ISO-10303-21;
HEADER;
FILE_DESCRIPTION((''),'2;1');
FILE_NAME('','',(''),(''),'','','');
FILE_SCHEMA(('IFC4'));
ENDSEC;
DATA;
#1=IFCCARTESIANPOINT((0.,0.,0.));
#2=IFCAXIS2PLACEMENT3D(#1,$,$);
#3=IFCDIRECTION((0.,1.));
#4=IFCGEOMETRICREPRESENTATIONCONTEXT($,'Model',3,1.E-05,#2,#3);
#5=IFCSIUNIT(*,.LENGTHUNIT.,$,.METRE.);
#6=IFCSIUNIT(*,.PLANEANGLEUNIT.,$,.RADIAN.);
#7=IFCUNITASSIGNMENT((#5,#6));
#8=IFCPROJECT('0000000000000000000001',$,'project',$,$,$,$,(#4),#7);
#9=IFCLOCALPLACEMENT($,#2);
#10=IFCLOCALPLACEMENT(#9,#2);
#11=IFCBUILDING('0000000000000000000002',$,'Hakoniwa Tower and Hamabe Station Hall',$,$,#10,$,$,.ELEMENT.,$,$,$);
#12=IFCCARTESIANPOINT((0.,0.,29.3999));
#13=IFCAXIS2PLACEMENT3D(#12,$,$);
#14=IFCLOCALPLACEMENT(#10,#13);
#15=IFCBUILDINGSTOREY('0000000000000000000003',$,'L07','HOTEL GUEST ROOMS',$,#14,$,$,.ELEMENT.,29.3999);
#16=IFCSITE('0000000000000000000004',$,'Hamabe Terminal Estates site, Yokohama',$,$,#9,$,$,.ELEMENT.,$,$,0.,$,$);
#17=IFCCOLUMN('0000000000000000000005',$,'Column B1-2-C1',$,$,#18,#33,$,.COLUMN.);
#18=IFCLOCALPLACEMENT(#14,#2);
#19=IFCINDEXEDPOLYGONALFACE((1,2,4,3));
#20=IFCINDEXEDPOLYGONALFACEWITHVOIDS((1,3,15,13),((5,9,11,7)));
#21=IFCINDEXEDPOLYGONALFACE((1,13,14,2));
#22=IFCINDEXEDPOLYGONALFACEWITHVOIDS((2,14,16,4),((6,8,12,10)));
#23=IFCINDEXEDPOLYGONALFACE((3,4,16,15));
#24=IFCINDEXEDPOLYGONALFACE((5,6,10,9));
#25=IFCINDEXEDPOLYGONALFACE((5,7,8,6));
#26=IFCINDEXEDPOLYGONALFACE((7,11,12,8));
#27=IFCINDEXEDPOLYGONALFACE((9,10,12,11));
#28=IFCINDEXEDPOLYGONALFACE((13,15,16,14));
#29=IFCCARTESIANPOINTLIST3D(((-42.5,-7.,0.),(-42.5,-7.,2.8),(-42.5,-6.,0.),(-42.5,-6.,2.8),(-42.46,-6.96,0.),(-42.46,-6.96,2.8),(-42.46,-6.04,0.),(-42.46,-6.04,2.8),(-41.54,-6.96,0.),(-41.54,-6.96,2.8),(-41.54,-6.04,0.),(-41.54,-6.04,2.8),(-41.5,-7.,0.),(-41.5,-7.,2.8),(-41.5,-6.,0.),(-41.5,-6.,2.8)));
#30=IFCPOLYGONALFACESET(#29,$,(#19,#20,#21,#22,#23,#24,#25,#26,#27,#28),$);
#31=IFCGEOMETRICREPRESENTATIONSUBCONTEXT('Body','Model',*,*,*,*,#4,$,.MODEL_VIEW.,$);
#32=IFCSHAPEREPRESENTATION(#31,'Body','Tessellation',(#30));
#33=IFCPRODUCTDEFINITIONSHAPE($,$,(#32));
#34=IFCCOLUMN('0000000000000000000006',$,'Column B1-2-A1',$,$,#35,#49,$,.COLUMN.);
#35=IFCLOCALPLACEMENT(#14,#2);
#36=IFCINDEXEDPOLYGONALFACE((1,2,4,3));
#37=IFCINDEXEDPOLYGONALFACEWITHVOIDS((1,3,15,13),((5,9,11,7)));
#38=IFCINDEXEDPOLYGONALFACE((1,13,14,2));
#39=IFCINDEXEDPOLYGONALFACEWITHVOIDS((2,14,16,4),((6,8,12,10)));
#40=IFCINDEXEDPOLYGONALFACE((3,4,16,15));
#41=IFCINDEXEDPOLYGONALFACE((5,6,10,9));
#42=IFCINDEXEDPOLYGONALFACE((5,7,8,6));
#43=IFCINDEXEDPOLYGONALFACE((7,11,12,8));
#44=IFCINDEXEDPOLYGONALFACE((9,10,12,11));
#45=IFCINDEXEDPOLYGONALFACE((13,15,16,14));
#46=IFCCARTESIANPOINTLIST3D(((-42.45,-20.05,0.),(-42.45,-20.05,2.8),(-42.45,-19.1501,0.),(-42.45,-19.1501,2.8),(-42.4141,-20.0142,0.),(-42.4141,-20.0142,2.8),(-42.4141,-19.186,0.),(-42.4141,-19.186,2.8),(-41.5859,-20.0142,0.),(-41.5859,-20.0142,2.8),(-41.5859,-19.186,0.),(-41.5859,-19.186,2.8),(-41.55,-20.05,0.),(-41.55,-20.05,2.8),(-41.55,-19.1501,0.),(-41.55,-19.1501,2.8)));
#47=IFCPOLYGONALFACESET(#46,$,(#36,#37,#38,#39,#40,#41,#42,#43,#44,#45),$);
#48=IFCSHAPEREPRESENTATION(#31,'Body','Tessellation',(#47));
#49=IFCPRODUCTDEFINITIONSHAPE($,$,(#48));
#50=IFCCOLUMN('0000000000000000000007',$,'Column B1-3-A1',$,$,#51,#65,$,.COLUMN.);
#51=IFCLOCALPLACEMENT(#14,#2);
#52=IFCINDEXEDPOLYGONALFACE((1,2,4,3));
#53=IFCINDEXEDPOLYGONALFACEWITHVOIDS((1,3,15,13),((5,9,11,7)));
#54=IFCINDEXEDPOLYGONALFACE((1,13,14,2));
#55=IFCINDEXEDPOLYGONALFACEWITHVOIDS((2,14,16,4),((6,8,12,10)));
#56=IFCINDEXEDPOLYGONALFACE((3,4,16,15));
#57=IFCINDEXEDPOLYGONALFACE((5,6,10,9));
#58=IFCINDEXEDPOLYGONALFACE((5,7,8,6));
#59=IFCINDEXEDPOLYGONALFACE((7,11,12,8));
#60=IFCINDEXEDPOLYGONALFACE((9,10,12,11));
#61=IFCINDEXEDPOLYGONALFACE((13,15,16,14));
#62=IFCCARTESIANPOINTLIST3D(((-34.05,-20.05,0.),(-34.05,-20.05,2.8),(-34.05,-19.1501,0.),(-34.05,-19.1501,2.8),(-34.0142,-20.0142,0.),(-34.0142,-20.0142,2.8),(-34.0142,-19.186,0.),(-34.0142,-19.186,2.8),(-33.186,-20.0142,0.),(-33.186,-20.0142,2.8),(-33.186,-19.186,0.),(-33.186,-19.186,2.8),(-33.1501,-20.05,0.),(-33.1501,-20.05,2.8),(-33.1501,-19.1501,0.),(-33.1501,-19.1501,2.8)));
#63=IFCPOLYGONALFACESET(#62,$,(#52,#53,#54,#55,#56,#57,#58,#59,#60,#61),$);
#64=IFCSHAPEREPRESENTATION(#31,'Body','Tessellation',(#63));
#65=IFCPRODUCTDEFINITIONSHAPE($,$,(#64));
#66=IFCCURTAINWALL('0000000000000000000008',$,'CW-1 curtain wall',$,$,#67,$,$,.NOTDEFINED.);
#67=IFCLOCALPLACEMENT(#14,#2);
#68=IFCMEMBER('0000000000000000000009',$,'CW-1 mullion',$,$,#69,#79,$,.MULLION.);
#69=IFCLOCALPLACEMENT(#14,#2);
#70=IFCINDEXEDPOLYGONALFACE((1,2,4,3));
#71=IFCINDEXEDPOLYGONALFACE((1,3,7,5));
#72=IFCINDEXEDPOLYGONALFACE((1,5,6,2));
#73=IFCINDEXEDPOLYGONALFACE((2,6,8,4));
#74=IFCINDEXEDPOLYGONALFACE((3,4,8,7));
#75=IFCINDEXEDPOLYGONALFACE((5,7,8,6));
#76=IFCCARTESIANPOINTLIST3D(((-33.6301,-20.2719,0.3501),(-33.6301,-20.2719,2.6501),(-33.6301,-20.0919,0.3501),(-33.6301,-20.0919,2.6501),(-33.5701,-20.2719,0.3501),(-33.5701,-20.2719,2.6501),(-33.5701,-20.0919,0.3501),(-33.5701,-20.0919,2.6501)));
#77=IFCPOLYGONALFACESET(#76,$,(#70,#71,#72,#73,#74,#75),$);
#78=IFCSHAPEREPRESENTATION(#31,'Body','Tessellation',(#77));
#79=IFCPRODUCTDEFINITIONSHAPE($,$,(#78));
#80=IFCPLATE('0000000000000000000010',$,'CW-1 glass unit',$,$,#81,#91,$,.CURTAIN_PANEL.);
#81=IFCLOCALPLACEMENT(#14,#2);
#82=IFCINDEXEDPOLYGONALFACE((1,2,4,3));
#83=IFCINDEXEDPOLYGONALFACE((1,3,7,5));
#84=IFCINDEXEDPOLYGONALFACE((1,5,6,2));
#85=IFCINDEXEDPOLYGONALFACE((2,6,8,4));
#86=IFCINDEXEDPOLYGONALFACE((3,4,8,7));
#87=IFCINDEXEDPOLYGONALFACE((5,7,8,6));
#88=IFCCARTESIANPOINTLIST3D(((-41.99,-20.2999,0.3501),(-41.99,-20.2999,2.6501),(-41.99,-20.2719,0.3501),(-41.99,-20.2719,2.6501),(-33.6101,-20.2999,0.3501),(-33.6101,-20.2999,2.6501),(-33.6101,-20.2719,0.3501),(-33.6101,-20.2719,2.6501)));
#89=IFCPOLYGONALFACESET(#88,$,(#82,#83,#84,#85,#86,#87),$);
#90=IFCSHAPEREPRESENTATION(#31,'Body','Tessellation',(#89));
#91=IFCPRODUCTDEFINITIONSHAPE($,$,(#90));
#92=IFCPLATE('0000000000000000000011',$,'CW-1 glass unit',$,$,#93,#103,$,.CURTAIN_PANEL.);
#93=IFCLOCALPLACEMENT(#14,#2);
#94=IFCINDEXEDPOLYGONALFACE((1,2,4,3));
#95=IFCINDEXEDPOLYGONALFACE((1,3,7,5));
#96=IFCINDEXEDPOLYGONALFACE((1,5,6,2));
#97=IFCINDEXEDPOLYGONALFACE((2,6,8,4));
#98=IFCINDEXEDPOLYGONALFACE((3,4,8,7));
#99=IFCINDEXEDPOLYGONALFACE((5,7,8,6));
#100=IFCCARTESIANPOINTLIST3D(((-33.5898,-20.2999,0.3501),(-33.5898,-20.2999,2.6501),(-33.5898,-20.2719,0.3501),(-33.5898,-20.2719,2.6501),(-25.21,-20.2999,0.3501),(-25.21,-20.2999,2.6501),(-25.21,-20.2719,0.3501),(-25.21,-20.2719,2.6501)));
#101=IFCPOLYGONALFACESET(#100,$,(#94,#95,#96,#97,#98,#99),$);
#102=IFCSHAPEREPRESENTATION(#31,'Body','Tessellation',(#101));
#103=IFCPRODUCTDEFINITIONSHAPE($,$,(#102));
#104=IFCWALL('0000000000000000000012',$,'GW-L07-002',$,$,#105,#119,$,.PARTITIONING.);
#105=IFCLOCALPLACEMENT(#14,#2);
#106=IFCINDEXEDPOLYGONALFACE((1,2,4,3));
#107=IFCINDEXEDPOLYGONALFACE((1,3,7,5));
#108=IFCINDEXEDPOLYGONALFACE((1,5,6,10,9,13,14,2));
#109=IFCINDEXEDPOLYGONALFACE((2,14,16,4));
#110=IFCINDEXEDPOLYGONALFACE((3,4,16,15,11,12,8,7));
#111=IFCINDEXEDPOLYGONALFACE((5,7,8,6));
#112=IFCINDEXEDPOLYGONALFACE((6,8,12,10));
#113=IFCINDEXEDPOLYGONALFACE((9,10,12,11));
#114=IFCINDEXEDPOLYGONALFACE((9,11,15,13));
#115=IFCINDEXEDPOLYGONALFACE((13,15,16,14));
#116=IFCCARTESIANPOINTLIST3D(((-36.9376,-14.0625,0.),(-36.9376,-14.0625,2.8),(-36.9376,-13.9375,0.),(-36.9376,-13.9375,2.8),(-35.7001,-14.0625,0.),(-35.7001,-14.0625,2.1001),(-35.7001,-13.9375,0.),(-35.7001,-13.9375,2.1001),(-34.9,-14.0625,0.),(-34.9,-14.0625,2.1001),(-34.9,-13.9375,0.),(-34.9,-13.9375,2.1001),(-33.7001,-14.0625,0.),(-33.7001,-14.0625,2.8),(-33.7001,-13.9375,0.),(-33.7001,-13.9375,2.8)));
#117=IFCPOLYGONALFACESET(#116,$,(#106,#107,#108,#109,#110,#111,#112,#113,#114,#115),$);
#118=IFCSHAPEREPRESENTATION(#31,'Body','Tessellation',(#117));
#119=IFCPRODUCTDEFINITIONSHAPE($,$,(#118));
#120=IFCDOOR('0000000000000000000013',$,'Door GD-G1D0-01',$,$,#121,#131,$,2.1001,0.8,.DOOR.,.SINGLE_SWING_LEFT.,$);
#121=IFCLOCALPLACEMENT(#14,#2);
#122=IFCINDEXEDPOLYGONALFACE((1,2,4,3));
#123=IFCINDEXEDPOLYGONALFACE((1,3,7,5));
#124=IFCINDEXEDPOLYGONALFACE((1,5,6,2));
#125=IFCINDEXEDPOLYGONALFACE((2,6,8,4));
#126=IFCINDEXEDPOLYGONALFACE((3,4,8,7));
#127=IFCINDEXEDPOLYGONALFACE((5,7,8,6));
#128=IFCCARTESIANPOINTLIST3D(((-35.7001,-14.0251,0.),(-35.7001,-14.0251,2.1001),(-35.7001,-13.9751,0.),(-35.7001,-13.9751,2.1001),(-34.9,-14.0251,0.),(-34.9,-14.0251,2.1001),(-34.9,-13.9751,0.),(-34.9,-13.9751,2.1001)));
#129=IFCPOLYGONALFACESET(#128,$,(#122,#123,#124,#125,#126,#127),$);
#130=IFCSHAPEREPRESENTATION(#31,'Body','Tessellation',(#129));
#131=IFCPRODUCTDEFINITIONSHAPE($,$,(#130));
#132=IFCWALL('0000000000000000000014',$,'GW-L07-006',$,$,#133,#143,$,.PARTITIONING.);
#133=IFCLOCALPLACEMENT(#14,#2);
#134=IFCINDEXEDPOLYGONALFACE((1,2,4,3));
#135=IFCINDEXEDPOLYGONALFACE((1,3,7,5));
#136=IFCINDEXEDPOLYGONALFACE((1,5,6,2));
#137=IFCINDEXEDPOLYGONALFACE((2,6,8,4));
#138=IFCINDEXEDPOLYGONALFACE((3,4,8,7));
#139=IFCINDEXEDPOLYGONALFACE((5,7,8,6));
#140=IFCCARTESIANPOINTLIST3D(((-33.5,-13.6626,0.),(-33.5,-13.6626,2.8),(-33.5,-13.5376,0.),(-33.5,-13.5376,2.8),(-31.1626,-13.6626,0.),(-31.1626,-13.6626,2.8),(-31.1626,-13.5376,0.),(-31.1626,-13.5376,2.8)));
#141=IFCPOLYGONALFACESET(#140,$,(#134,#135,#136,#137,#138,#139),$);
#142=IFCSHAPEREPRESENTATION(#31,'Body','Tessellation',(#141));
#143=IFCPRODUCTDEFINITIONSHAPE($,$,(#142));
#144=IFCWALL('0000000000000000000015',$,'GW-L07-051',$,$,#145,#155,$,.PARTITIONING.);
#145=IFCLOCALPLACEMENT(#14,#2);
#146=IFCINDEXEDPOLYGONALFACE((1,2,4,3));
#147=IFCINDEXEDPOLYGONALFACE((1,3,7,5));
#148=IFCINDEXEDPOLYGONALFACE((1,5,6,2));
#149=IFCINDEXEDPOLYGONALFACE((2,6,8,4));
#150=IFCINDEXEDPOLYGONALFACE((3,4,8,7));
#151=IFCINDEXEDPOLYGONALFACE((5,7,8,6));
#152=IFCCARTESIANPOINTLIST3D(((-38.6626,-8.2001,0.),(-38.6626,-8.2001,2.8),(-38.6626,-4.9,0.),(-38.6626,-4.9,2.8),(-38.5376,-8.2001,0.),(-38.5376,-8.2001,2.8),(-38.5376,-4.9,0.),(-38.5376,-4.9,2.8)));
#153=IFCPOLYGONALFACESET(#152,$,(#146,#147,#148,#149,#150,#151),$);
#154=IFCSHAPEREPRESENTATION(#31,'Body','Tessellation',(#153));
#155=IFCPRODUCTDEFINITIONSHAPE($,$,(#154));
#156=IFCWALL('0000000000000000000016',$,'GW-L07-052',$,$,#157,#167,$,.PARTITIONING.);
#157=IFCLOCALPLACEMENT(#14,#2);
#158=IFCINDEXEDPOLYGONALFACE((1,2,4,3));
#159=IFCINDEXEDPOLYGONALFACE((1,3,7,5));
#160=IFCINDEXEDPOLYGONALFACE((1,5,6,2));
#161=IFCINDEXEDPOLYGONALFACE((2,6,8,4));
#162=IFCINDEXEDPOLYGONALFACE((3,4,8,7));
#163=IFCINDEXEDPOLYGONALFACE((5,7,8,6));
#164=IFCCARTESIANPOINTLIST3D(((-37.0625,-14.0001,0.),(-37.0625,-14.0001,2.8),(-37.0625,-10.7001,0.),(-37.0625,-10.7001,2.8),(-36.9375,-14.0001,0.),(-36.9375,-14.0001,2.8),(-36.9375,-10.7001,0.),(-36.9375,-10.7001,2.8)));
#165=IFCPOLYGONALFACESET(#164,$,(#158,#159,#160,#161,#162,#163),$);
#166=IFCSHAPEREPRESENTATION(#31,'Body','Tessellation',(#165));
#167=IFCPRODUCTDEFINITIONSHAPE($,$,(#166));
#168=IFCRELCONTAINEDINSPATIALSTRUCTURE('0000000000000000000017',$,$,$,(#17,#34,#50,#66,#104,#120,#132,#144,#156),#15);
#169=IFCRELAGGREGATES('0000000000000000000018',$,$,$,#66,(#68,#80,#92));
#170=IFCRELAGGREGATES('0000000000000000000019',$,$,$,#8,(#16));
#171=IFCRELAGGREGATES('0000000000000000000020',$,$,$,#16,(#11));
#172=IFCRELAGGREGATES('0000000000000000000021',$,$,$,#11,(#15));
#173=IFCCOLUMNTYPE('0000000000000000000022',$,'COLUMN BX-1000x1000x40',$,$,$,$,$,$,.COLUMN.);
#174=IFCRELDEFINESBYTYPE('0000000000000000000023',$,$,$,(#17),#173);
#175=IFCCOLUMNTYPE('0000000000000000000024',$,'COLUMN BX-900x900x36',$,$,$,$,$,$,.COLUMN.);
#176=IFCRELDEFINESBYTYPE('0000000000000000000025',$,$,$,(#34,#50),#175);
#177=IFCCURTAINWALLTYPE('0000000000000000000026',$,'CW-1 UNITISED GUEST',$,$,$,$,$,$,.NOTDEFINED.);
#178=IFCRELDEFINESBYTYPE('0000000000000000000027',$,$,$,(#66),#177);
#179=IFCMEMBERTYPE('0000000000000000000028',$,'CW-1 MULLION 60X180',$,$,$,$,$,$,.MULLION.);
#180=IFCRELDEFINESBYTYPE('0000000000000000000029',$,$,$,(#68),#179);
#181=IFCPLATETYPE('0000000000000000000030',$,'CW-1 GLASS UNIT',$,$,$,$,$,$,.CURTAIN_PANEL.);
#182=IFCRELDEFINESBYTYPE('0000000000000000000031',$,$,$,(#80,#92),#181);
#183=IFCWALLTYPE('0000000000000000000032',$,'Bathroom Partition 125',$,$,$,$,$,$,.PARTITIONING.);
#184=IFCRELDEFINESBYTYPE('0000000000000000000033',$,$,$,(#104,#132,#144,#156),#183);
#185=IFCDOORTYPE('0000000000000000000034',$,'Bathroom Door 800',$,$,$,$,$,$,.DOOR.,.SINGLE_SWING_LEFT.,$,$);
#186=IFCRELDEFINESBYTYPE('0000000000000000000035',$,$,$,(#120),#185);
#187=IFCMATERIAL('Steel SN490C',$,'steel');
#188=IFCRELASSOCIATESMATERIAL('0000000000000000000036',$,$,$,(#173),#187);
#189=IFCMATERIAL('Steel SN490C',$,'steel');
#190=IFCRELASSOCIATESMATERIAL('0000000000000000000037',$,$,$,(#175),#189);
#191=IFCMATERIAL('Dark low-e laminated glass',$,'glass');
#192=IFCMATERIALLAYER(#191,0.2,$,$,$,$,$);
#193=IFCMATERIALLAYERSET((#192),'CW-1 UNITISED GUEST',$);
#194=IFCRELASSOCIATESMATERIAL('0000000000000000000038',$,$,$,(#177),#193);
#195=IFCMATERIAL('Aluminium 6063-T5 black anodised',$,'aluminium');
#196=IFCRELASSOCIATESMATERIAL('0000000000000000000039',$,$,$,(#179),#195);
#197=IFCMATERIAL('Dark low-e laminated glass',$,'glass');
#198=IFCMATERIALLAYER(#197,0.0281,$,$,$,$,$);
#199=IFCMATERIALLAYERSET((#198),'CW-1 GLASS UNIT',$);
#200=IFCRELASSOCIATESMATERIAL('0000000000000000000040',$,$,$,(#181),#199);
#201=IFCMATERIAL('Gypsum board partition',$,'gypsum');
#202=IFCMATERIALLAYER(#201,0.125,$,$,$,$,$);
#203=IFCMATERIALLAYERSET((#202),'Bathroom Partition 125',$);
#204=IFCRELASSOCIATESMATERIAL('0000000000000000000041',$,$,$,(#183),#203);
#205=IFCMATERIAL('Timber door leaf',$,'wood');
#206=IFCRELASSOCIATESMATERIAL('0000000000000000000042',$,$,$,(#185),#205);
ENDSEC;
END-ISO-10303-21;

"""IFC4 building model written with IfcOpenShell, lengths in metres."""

from ifc_helpers import new_model, si_unit, direction, frame, frame_2d, origin, origin_2d, place, context, subcontext, project, spatial, rectangle, hollow_rectangle, extrude, material, layer, layer_set, material_profile, profile_set, type_object, element, fill, aggregate, save


model = new_model("IFC4")

# Units and contexts
model_context = context("Model", 3, precision=1e-05, world=origin(), true_north=direction((0.0, 1.0)))
body_context = subcontext(model_context, "Body", "Model", "MODEL_VIEW")
ifc_project = project(units=[si_unit("LENGTHUNIT", "METRE"), si_unit("PLANEANGLEUNIT", "RADIAN")], contexts=[model_context])

# Site, building, storey
site_placement = place(None, origin())
site = spatial("IfcSite", under=ifc_project, at=site_placement, Name="Hamabe Terminal Estates site, Yokohama", CompositionType="ELEMENT", RefElevation=0.0)
building_placement = place(site_placement, origin())
building = spatial("IfcBuilding", under=site, at=building_placement, Name="Hakoniwa Tower and Hamabe Station Hall", CompositionType="ELEMENT")
storey_placement = place(building_placement, frame((0.0, 0.0, 29.3999)))
storey = spatial("IfcBuildingStorey", under=building, at=storey_placement, Name="L07", Description="HOTEL GUEST ROOMS", CompositionType="ELEMENT", Elevation=29.3999)

# Columns
ifc_material_1 = material(Name="Steel SN490C", Category="steel")
ifc_material_profile_1 = material_profile(ifc_material_1, hollow_rectangle(XDim=1.0, YDim=1.0, WallThickness=0.04, at=origin_2d()), Name="BX-1000x1000x40")
ifc_profile_set_1 = profile_set([ifc_material_profile_1], Name="Steel SN490C")
column_type_1 = type_object("IfcColumnType", Name="COLUMN BX-1000x1000x40", PredefinedType="COLUMN", material=ifc_profile_set_1)
column_placement = place(storey_placement, frame((-42.0, -6.5, 0.0), z_axis=(0.0, 0.0, 1.0), x_axis=(1.0, 0.0, 0.0)))
element("IfcColumn", 1, at=column_placement, inside=storey, type_object=column_type_1, Name="Column B1-2-C1", PredefinedType="COLUMN", context=body_context, shape_type="SweptSolid", body=[
    extrude(hollow_rectangle(XDim=1.0, YDim=1.0, WallThickness=0.04, at=origin_2d()), origin(), (0.0, 0.0, 1.0), 2.8),
])
ifc_material_2 = material(Name="Steel SN490C", Category="steel")
ifc_material_profile_2 = material_profile(ifc_material_2, hollow_rectangle(XDim=0.8999, YDim=0.8999, WallThickness=0.0359, at=origin_2d()), Name="BX-900x900x36")
ifc_profile_set_2 = profile_set([ifc_material_profile_2], Name="Steel SN490C")
column_type_2 = type_object("IfcColumnType", Name="COLUMN BX-900x900x36", PredefinedType="COLUMN", material=ifc_profile_set_2)
for number, where, z_axis, x_axis, name in (
    (2, (-42.0, -19.6001, 0.0), (0.0, 0.0, 1.0), (1.0, 0.0, 0.0), "Column B1-2-A1"),
    (3, (-33.6001, -19.6001, 0.0), (0.0, 0.0, 1.0), (1.0, 0.0, 0.0), "Column B1-3-A1"),
):
    element("IfcColumn", number, at=place(storey_placement, frame(where, z_axis=z_axis, x_axis=x_axis)), inside=storey, type_object=column_type_2, Name=name, PredefinedType="COLUMN", context=body_context, shape_type="SweptSolid", body=[
        extrude(hollow_rectangle(XDim=0.8999, YDim=0.8999, WallThickness=0.0359, at=origin_2d()), origin(), (0.0, 0.0, 1.0), 2.8),
    ])

# Curtain wall, member, plates
ifc_material_3 = material(Name="Dark low-e laminated glass", Category="glass")
ifc_layer_1 = layer(ifc_material_3, 0.2)
ifc_layer_set_1 = layer_set([ifc_layer_1], Name="CW-1 UNITISED GUEST")
curtain_wall_type = type_object("IfcCurtainWallType", Name="CW-1 UNITISED GUEST", PredefinedType="NOTDEFINED", material=ifc_layer_set_1)
curtain_wall_placement = place(storey_placement, origin())
curtain_wall = element("IfcCurtainWall", 4, at=curtain_wall_placement, inside=storey, type_object=curtain_wall_type, Name="CW-1 curtain wall", PredefinedType="NOTDEFINED")
ifc_material_4 = material(Name="Aluminium 6063-T5 black anodised", Category="aluminium")
ifc_material_profile_3 = material_profile(ifc_material_4, rectangle(XDim=0.0601, YDim=0.1799, at=origin_2d()), Name="CW-1 MULLION 60X180")
ifc_profile_set_3 = profile_set([ifc_material_profile_3], Name="Aluminium 6063-T5 black anodised")
member_type = type_object("IfcMemberType", Name="CW-1 MULLION 60X180", PredefinedType="MULLION", material=ifc_profile_set_3)
member_placement = place(storey_placement, frame((-33.6001, -20.1819, 0.3501), z_axis=(0.0, 0.0, 1.0), x_axis=(1.0, 0.0, 0.0)))
member = element("IfcMember", 5, at=member_placement, type_object=member_type, Name="CW-1 mullion", PredefinedType="MULLION", context=body_context, shape_type="SweptSolid", body=[
    extrude(rectangle(XDim=0.0601, YDim=0.1799, at=origin_2d()), origin(), (0.0, 0.0, 1.0), 2.3),
])
ifc_material_5 = material(Name="Dark low-e laminated glass", Category="glass")
ifc_layer_2 = layer(ifc_material_5, 0.0281)
ifc_layer_set_2 = layer_set([ifc_layer_2], Name="CW-1 GLASS UNIT")
plate_type = type_object("IfcPlateType", Name="CW-1 GLASS UNIT", PredefinedType="CURTAIN_PANEL", material=ifc_layer_set_2)
plate_1_placement = place(storey_placement, frame((-37.8, -20.2859, 0.3501), z_axis=(0.0, 0.0, 1.0), x_axis=(1.0, 0.0, 0.0)))
plate_1 = element("IfcPlate", 6, at=plate_1_placement, type_object=plate_type, Name="CW-1 glass unit", PredefinedType="CURTAIN_PANEL", context=body_context, shape_type="SweptSolid", body=[
    extrude(rectangle(XDim=8.3799, YDim=0.0281, at=origin_2d()), origin(), (0.0, 0.0, 1.0), 2.3),
])
plate_2_placement = place(storey_placement, frame((-29.3999, -20.2859, 0.3501), z_axis=(0.0, 0.0, 1.0), x_axis=(1.0, 0.0, 0.0)))
plate_2 = element("IfcPlate", 7, at=plate_2_placement, type_object=plate_type, Name="CW-1 glass unit", PredefinedType="CURTAIN_PANEL", context=body_context, shape_type="SweptSolid", body=[
    extrude(rectangle(XDim=8.3799, YDim=0.0281, at=origin_2d()), origin(), (0.0, 0.0, 1.0), 2.3),
])
aggregate(curtain_wall, [member, plate_1, plate_2])

# Wall, opening, door
ifc_material_6 = material(Name="Gypsum board partition", Category="gypsum")
ifc_layer_3 = layer(ifc_material_6, 0.125)
ifc_layer_set_3 = layer_set([ifc_layer_3], Name="Bathroom Partition 125")
wall_type_1 = type_object("IfcWallType", Name="Bathroom Partition 125", PredefinedType="PARTITIONING", material=ifc_layer_set_3)
wall_1_placement = place(storey_placement, frame((-36.9375, -14.0, 0.0), z_axis=(0.0, 0.0, 1.0), x_axis=(1.0, 0.0, 0.0)))
wall_1 = element("IfcWall", 8, at=wall_1_placement, inside=storey, type_object=wall_type_1, Name="GW-L07-002", PredefinedType="PARTITIONING", context=body_context, shape_type="SweptSolid", body=[
    extrude(rectangle(XDim=3.2375, YDim=0.125, at=frame_2d((1.6187, 0.0))), origin(), (0.0, 0.0, 1.0), 2.8),
])
opening_1_placement = place(wall_1_placement, frame((1.2375, 0.0, 0.0)))
opening_1 = element("IfcOpeningElement", 9, at=opening_1_placement, cuts=wall_1, PredefinedType="OPENING", context=body_context, shape_type="SweptSolid", body=[
    extrude(rectangle(XDim=0.8, YDim=2.1001, at=frame_2d((0.3999, 1.05))), frame((0.0, 0.0725, 0.0), z_axis=(0.0, -1.0, 0.0), x_axis=(1.0, 0.0, 0.0)), (0.0, 0.0, 1.0), 0.145),
])
ifc_material_7 = material(Name="Timber door leaf", Category="wood")
door_type_1 = type_object("IfcDoorType", Name="Bathroom Door 800", OperationType="SINGLE_SWING_LEFT", PredefinedType="DOOR", material=ifc_material_7)
door_1_placement = place(opening_1_placement, origin())
door_1 = element("IfcDoor", 10, at=door_1_placement, inside=storey, type_object=door_type_1, Name="Door GD-G1D0-01", OperationType="SINGLE_SWING_LEFT", OverallHeight=2.1001, OverallWidth=0.8, PredefinedType="DOOR", context=body_context, shape_type="SweptSolid", body=[
    extrude(rectangle(XDim=0.8, YDim=2.1001, at=frame_2d((0.3999, 1.05))), frame((0.0, 0.0249, 0.0), z_axis=(0.0, -1.0, 0.0), x_axis=(1.0, 0.0, 0.0)), (0.0, 0.0, 1.0), 0.05),
])
fill(opening_1, door_1)

# Walls
wall_2_placement = place(storey_placement, frame((-33.5, -13.6001, 0.0), z_axis=(0.0, 0.0, 1.0), x_axis=(1.0, 0.0, 0.0)))
element("IfcWall", 11, at=wall_2_placement, inside=storey, type_object=wall_type_1, Name="GW-L07-006", PredefinedType="PARTITIONING", context=body_context, shape_type="SweptSolid", body=[
    extrude(rectangle(XDim=2.3374, YDim=0.125, at=frame_2d((1.1687, 0.0))), origin(), (0.0, 0.0, 1.0), 2.8),
])
for number, where, z_axis, x_axis, name in (
    (12, (-38.6001, -8.2, 0.0), (0.0, 0.0, 1.0), (0.0, 1.0, 0.0), "GW-L07-051"),
    (13, (-37.0, -14.0, 0.0), (0.0, 0.0, 1.0), (0.0, 1.0, 0.0), "GW-L07-052"),
):
    element("IfcWall", number, at=place(storey_placement, frame(where, z_axis=z_axis, x_axis=x_axis)), inside=storey, type_object=wall_type_1, Name=name, PredefinedType="PARTITIONING", context=body_context, shape_type="SweptSolid", body=[
        extrude(rectangle(XDim=3.3, YDim=0.125, at=frame_2d((1.6499, 0.0))), origin(), (0.0, 0.0, 1.0), 2.8),
    ])

save(model, "model.ifc")
